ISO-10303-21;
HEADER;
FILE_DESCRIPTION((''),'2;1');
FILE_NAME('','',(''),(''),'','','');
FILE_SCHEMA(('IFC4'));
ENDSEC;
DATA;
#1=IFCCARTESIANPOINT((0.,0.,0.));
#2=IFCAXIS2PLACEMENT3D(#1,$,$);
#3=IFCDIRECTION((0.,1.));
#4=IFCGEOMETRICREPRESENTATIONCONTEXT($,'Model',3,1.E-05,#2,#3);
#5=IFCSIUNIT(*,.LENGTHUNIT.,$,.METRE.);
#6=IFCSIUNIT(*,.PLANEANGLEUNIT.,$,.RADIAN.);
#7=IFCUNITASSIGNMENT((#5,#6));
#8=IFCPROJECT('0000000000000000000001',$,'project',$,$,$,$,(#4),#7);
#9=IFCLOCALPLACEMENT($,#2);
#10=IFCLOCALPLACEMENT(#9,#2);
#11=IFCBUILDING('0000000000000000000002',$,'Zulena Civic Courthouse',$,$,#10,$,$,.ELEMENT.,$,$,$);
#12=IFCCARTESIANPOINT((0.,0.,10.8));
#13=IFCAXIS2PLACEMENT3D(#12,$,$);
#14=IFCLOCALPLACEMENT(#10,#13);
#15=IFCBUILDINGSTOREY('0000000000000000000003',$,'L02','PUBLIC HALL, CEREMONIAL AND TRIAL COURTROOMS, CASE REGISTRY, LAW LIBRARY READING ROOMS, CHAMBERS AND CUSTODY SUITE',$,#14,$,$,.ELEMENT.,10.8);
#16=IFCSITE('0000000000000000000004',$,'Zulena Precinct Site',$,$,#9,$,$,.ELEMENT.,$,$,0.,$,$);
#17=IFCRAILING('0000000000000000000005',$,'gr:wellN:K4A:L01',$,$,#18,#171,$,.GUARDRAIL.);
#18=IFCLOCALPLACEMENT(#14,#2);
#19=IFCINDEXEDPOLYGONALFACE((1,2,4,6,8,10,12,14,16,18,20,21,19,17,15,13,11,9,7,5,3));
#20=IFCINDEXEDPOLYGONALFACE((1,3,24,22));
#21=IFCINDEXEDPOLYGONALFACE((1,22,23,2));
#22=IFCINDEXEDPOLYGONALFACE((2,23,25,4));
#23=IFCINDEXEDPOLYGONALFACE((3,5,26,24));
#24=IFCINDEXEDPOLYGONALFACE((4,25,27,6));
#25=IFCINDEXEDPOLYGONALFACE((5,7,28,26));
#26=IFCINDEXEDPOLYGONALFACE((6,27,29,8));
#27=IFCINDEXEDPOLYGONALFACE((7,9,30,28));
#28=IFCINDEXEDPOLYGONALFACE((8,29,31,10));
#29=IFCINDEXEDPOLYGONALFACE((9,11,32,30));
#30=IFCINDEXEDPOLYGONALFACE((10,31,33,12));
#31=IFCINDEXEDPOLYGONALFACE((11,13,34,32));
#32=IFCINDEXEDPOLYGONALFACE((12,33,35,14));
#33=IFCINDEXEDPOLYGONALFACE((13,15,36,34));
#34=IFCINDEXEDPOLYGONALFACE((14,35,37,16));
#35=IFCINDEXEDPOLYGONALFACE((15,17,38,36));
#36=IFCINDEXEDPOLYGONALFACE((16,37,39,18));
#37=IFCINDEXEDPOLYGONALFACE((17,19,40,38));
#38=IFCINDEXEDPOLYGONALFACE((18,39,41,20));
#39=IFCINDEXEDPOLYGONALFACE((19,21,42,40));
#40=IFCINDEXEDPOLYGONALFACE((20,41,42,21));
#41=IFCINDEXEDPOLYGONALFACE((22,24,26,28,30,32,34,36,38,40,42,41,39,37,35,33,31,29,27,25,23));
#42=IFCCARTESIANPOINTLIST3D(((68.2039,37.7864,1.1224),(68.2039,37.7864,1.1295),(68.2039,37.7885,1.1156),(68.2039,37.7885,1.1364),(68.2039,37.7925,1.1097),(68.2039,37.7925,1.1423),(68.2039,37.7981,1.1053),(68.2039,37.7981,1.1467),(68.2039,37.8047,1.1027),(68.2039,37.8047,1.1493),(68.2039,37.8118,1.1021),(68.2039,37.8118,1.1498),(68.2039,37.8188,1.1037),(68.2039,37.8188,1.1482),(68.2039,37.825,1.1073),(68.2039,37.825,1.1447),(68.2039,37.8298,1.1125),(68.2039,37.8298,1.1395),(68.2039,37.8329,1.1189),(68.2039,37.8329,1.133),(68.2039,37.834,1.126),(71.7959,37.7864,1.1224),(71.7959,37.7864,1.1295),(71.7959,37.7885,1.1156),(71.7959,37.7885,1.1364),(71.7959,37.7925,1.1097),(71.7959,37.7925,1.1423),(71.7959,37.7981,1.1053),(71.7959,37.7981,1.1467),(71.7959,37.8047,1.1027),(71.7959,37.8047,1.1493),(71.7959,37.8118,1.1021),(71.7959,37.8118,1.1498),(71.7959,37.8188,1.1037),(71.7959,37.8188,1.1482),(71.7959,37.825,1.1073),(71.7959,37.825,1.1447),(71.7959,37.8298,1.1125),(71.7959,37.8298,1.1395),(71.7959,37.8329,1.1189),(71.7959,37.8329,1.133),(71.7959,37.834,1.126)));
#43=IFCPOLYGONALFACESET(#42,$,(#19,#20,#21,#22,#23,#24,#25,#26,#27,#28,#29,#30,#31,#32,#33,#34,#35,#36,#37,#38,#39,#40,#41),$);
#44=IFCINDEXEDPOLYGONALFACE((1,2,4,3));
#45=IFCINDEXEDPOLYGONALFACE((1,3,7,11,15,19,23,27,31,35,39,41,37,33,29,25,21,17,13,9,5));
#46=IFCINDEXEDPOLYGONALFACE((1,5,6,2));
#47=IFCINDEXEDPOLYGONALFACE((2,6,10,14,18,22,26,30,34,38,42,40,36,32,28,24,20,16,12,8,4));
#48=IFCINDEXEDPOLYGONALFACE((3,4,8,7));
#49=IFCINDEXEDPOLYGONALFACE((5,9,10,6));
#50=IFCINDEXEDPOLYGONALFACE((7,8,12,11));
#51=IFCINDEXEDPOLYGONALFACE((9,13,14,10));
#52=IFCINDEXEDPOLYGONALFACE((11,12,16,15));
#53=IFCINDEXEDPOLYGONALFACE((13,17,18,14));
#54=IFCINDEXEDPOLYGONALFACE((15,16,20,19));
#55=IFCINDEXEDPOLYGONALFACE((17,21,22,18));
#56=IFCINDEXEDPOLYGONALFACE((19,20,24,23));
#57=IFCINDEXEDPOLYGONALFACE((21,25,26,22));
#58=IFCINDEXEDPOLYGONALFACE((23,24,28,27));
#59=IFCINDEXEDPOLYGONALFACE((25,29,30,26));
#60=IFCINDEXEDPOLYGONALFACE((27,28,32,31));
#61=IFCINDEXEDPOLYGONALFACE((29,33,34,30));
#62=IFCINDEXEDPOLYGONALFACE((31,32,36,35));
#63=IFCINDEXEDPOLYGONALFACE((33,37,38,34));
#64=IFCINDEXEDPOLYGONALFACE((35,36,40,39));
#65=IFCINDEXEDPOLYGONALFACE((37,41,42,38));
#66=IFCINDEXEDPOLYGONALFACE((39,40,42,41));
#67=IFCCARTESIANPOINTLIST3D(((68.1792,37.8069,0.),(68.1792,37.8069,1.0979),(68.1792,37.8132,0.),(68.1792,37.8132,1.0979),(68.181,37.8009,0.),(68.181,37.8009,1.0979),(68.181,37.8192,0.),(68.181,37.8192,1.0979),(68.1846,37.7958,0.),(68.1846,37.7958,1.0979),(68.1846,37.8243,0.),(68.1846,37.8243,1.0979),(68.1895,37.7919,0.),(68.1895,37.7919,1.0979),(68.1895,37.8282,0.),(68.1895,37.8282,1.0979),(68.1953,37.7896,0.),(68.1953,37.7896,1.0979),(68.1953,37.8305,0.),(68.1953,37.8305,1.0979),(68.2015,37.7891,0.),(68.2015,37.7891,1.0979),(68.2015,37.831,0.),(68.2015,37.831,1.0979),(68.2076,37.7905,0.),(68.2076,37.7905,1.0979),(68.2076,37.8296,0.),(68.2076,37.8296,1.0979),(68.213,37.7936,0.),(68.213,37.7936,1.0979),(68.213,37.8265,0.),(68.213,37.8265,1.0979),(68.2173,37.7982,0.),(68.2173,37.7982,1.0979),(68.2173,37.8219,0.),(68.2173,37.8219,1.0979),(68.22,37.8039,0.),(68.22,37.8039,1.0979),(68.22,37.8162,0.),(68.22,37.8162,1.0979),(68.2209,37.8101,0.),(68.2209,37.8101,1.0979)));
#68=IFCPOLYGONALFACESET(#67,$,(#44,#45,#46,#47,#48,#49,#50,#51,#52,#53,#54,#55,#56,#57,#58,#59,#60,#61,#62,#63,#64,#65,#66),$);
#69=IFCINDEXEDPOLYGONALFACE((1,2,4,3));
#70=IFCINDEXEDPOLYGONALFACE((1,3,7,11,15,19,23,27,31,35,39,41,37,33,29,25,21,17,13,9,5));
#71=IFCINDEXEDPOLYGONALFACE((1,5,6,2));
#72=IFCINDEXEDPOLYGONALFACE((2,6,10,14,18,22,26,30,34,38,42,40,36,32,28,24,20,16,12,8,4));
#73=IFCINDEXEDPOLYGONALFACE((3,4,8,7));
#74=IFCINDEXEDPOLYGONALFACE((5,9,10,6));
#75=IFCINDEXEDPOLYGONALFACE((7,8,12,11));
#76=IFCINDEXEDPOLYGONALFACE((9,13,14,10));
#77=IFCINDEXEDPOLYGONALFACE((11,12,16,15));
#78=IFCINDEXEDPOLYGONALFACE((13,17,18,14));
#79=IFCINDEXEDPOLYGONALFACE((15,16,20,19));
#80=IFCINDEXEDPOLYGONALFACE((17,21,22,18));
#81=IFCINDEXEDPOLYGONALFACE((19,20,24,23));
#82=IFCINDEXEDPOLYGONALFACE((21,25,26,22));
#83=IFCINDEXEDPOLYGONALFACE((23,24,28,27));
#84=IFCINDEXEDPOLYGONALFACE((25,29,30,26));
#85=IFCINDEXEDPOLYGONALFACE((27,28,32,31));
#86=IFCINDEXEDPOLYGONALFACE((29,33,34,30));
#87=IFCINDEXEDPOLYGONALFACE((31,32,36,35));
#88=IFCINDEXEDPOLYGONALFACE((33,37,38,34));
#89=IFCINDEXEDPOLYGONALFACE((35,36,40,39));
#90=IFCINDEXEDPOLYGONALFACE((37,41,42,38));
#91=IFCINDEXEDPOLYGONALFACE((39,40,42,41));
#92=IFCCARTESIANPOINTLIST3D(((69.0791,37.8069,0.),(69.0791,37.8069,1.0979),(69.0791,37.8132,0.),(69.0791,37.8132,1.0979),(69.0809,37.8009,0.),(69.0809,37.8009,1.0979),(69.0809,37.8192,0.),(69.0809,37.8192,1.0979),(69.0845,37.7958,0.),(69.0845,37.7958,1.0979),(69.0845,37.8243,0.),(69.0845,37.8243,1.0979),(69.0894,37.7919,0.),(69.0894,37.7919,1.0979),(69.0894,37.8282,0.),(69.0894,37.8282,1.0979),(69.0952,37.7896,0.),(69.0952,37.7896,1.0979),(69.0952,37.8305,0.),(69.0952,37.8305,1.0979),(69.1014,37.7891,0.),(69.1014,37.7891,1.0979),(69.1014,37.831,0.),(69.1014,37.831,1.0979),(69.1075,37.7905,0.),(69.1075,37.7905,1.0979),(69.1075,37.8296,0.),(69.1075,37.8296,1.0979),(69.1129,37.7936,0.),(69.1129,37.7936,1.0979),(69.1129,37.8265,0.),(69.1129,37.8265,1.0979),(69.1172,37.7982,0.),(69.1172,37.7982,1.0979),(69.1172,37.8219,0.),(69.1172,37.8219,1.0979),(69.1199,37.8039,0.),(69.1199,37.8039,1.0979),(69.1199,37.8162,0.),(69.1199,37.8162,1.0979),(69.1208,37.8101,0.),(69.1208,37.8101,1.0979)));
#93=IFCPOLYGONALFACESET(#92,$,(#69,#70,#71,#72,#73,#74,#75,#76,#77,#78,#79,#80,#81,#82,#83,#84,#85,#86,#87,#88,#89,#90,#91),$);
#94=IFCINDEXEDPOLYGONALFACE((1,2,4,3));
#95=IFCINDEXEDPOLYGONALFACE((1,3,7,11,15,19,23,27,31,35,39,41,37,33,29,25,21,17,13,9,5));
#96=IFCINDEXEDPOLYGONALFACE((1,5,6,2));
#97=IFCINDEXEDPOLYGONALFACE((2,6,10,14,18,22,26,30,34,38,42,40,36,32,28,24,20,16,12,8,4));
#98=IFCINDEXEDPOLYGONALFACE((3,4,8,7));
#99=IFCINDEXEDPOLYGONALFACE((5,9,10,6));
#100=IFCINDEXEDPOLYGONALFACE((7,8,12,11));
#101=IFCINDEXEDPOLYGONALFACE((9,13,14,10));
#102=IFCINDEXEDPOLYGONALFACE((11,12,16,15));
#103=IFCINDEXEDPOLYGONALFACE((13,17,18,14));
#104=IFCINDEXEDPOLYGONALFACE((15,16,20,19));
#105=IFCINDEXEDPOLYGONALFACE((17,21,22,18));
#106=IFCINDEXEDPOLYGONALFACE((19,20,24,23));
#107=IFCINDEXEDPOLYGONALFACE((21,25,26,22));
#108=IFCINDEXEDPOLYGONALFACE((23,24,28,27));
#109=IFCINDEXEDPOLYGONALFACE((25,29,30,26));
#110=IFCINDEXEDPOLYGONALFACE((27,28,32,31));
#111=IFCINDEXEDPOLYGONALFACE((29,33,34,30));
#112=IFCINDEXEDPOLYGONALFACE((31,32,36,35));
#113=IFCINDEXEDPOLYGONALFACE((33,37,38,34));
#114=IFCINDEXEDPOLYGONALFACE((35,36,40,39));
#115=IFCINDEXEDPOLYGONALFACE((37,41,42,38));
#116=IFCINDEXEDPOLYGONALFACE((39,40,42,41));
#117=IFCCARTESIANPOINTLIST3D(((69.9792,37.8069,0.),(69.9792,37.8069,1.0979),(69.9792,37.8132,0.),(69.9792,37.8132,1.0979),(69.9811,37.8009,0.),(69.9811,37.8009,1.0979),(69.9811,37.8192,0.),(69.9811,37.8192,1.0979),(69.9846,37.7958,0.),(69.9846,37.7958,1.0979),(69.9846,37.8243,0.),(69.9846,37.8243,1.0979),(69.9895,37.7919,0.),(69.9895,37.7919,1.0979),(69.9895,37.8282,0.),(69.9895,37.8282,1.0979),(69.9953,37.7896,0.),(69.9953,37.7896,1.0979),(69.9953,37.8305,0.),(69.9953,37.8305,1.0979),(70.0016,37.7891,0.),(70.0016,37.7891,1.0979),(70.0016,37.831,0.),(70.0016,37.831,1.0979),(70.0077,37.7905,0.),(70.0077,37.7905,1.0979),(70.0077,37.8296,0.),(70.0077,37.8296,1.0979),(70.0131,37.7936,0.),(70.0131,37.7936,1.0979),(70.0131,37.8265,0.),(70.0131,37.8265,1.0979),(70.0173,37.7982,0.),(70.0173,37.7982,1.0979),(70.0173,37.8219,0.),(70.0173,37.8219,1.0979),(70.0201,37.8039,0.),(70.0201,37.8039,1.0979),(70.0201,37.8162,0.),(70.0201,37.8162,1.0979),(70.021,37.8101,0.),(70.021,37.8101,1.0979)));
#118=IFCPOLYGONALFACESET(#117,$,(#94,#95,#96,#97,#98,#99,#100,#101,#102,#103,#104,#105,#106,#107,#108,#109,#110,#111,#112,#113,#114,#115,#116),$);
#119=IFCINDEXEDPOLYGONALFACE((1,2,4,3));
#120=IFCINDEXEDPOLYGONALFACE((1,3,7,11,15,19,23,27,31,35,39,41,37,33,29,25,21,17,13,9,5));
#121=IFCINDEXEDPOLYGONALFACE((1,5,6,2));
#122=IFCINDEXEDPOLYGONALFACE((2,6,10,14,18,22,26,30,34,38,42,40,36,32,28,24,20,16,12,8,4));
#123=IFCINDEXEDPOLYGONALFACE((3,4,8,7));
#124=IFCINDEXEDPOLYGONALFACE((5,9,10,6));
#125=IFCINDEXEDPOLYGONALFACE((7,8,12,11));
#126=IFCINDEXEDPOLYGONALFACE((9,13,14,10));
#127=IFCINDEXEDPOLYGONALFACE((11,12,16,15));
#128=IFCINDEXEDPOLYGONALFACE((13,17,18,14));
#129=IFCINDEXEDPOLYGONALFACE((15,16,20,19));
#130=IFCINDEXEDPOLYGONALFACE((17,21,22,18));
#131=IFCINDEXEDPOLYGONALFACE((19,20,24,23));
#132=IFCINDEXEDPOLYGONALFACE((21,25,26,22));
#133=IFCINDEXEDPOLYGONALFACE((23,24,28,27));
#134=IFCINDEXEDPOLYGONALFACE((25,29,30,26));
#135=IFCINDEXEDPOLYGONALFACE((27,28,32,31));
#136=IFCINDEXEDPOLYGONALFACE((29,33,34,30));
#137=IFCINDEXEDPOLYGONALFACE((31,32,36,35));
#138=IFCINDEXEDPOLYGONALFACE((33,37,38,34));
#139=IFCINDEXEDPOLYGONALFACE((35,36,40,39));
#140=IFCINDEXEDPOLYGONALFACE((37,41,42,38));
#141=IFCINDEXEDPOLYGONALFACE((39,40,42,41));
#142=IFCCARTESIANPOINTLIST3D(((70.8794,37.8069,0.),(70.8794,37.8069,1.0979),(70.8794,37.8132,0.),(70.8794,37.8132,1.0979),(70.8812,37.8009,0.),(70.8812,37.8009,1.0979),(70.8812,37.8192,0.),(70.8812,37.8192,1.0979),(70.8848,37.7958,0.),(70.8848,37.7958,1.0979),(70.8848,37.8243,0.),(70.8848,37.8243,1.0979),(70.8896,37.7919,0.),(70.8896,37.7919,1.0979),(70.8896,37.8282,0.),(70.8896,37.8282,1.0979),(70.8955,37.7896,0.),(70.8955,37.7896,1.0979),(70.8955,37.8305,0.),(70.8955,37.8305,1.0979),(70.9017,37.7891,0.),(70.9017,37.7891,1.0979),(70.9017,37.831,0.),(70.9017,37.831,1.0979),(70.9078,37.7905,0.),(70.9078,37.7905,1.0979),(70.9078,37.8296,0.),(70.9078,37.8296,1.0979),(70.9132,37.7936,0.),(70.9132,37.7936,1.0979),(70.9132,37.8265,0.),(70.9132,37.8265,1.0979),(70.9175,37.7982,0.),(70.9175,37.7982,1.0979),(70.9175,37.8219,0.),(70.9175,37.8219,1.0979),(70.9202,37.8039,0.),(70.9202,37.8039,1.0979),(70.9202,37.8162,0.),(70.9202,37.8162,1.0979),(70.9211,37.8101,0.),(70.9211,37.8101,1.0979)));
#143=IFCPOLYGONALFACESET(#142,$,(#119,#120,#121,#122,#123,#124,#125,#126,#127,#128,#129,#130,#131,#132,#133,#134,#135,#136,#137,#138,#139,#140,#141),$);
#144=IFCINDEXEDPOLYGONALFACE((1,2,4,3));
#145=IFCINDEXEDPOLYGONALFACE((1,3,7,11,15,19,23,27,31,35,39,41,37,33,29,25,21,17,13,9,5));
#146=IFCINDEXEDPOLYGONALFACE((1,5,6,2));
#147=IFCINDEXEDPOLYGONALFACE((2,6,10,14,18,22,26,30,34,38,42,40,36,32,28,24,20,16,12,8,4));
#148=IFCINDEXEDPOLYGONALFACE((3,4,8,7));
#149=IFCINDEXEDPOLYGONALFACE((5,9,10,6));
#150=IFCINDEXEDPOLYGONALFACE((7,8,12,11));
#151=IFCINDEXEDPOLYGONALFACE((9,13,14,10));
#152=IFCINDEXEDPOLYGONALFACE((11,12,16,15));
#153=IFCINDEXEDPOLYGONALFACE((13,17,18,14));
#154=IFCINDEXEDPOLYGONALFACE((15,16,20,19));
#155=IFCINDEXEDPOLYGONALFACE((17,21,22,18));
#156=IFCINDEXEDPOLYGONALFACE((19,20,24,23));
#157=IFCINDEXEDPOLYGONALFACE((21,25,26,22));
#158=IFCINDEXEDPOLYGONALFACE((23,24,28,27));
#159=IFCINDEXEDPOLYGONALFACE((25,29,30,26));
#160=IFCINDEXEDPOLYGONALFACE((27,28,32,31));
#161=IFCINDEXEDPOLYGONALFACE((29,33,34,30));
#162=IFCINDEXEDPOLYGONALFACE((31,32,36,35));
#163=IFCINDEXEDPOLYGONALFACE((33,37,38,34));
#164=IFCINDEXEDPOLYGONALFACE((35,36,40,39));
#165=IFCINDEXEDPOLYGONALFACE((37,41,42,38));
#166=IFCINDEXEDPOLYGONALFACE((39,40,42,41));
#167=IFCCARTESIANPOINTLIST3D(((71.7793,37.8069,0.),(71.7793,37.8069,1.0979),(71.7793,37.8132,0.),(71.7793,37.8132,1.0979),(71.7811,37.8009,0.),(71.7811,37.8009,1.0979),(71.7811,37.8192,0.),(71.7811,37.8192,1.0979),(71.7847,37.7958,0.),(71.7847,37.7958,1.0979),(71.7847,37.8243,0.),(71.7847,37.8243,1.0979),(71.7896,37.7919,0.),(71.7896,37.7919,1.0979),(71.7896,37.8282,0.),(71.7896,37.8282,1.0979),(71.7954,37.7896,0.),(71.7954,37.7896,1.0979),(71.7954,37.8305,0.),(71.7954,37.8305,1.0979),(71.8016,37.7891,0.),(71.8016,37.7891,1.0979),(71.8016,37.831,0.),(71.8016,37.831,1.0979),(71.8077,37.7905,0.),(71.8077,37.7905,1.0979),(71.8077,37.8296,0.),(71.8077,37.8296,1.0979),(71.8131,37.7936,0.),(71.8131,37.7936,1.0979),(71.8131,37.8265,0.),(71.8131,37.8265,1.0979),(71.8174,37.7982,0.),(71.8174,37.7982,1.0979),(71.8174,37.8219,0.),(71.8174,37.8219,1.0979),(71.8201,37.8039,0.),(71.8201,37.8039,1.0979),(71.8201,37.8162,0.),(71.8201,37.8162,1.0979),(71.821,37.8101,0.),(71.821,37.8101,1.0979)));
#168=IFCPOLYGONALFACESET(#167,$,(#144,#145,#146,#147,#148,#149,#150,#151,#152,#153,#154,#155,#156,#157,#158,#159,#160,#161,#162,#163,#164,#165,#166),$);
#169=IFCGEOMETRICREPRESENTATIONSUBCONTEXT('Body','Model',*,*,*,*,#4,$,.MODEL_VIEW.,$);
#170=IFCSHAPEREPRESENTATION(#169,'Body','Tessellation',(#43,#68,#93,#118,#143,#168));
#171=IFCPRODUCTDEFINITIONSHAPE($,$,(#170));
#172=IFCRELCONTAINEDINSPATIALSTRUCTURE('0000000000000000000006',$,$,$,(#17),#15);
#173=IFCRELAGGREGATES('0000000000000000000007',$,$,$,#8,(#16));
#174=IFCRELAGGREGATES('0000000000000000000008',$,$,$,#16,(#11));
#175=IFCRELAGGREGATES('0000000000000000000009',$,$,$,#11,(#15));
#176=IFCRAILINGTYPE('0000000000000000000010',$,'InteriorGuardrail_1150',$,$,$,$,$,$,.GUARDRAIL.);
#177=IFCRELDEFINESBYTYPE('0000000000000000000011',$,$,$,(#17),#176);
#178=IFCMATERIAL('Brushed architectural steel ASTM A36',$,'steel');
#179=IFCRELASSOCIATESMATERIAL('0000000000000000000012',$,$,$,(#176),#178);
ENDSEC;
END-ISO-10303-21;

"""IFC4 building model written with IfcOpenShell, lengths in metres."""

from ifc_helpers import new_model, si_unit, direction, frame, origin, origin_2d, place, context, subcontext, project, spatial, circle, extrude, material, type_object, element, save


model = new_model("IFC4")

# Units and contexts
model_context = context("Model", 3, precision=1e-05, world=origin(), true_north=direction((0.0, 1.0)))
body_context = subcontext(model_context, "Body", "Model", "MODEL_VIEW")
ifc_project = project(units=[si_unit("LENGTHUNIT", "METRE"), si_unit("PLANEANGLEUNIT", "RADIAN")], contexts=[model_context])

# Site, building, storey
site_placement = place(None, origin())
site = spatial("IfcSite", under=ifc_project, at=site_placement, Name="Zulena Precinct Site", CompositionType="ELEMENT", RefElevation=0.0)
building_placement = place(site_placement, origin())
building = spatial("IfcBuilding", under=site, at=building_placement, Name="Zulena Civic Courthouse", CompositionType="ELEMENT")
storey_placement = place(building_placement, frame((0.0, 0.0, 10.8)))
storey = spatial("IfcBuildingStorey", under=building, at=storey_placement, Name="L02", Description="PUBLIC HALL, CEREMONIAL AND TRIAL COURTROOMS, CASE REGISTRY, LAW LIBRARY READING ROOMS, CHAMBERS AND CUSTODY SUITE", CompositionType="ELEMENT", Elevation=10.8)

# Railing
ifc_material_1 = material(Name="Brushed architectural steel ASTM A36", Category="steel")
railing_type = type_object("IfcRailingType", Name="InteriorGuardrail_1150", PredefinedType="GUARDRAIL", material=ifc_material_1)
railing_1_placement = place(storey_placement, frame((68.2, 37.8101, 0.0)))
element("IfcRailing", 1, at=railing_1_placement, inside=storey, type_object=railing_type, Name="gr:wellN:K4A:L01", PredefinedType="GUARDRAIL", context=body_context, shape_type="SweptSolid", body=[
    extrude(circle(Radius=0.0239, at=origin_2d()), frame((0.0039, 0.0, 1.126), z_axis=(1.0, 0.0, 0.0), x_axis=(0.0, 1.0, 0.0)), (0.0, 0.0, 1.0), 3.592),
    extrude(circle(Radius=0.021, at=origin_2d()), origin(), (0.0, 0.0, 1.0), 1.0979),
    extrude(circle(Radius=0.021, at=origin_2d()), frame((0.8999, 0.0, 0.0)), (0.0, 0.0, 1.0), 1.0979),
    extrude(circle(Radius=0.021, at=origin_2d()), frame((1.8, 0.0, 0.0)), (0.0, 0.0, 1.0), 1.0979),
    extrude(circle(Radius=0.021, at=origin_2d()), frame((2.7002, 0.0, 0.0)), (0.0, 0.0, 1.0), 1.0979),
    extrude(circle(Radius=0.021, at=origin_2d()), frame((3.6001, 0.0, 0.0)), (0.0, 0.0, 1.0), 1.0979),
])

save(model, "model.ifc")
